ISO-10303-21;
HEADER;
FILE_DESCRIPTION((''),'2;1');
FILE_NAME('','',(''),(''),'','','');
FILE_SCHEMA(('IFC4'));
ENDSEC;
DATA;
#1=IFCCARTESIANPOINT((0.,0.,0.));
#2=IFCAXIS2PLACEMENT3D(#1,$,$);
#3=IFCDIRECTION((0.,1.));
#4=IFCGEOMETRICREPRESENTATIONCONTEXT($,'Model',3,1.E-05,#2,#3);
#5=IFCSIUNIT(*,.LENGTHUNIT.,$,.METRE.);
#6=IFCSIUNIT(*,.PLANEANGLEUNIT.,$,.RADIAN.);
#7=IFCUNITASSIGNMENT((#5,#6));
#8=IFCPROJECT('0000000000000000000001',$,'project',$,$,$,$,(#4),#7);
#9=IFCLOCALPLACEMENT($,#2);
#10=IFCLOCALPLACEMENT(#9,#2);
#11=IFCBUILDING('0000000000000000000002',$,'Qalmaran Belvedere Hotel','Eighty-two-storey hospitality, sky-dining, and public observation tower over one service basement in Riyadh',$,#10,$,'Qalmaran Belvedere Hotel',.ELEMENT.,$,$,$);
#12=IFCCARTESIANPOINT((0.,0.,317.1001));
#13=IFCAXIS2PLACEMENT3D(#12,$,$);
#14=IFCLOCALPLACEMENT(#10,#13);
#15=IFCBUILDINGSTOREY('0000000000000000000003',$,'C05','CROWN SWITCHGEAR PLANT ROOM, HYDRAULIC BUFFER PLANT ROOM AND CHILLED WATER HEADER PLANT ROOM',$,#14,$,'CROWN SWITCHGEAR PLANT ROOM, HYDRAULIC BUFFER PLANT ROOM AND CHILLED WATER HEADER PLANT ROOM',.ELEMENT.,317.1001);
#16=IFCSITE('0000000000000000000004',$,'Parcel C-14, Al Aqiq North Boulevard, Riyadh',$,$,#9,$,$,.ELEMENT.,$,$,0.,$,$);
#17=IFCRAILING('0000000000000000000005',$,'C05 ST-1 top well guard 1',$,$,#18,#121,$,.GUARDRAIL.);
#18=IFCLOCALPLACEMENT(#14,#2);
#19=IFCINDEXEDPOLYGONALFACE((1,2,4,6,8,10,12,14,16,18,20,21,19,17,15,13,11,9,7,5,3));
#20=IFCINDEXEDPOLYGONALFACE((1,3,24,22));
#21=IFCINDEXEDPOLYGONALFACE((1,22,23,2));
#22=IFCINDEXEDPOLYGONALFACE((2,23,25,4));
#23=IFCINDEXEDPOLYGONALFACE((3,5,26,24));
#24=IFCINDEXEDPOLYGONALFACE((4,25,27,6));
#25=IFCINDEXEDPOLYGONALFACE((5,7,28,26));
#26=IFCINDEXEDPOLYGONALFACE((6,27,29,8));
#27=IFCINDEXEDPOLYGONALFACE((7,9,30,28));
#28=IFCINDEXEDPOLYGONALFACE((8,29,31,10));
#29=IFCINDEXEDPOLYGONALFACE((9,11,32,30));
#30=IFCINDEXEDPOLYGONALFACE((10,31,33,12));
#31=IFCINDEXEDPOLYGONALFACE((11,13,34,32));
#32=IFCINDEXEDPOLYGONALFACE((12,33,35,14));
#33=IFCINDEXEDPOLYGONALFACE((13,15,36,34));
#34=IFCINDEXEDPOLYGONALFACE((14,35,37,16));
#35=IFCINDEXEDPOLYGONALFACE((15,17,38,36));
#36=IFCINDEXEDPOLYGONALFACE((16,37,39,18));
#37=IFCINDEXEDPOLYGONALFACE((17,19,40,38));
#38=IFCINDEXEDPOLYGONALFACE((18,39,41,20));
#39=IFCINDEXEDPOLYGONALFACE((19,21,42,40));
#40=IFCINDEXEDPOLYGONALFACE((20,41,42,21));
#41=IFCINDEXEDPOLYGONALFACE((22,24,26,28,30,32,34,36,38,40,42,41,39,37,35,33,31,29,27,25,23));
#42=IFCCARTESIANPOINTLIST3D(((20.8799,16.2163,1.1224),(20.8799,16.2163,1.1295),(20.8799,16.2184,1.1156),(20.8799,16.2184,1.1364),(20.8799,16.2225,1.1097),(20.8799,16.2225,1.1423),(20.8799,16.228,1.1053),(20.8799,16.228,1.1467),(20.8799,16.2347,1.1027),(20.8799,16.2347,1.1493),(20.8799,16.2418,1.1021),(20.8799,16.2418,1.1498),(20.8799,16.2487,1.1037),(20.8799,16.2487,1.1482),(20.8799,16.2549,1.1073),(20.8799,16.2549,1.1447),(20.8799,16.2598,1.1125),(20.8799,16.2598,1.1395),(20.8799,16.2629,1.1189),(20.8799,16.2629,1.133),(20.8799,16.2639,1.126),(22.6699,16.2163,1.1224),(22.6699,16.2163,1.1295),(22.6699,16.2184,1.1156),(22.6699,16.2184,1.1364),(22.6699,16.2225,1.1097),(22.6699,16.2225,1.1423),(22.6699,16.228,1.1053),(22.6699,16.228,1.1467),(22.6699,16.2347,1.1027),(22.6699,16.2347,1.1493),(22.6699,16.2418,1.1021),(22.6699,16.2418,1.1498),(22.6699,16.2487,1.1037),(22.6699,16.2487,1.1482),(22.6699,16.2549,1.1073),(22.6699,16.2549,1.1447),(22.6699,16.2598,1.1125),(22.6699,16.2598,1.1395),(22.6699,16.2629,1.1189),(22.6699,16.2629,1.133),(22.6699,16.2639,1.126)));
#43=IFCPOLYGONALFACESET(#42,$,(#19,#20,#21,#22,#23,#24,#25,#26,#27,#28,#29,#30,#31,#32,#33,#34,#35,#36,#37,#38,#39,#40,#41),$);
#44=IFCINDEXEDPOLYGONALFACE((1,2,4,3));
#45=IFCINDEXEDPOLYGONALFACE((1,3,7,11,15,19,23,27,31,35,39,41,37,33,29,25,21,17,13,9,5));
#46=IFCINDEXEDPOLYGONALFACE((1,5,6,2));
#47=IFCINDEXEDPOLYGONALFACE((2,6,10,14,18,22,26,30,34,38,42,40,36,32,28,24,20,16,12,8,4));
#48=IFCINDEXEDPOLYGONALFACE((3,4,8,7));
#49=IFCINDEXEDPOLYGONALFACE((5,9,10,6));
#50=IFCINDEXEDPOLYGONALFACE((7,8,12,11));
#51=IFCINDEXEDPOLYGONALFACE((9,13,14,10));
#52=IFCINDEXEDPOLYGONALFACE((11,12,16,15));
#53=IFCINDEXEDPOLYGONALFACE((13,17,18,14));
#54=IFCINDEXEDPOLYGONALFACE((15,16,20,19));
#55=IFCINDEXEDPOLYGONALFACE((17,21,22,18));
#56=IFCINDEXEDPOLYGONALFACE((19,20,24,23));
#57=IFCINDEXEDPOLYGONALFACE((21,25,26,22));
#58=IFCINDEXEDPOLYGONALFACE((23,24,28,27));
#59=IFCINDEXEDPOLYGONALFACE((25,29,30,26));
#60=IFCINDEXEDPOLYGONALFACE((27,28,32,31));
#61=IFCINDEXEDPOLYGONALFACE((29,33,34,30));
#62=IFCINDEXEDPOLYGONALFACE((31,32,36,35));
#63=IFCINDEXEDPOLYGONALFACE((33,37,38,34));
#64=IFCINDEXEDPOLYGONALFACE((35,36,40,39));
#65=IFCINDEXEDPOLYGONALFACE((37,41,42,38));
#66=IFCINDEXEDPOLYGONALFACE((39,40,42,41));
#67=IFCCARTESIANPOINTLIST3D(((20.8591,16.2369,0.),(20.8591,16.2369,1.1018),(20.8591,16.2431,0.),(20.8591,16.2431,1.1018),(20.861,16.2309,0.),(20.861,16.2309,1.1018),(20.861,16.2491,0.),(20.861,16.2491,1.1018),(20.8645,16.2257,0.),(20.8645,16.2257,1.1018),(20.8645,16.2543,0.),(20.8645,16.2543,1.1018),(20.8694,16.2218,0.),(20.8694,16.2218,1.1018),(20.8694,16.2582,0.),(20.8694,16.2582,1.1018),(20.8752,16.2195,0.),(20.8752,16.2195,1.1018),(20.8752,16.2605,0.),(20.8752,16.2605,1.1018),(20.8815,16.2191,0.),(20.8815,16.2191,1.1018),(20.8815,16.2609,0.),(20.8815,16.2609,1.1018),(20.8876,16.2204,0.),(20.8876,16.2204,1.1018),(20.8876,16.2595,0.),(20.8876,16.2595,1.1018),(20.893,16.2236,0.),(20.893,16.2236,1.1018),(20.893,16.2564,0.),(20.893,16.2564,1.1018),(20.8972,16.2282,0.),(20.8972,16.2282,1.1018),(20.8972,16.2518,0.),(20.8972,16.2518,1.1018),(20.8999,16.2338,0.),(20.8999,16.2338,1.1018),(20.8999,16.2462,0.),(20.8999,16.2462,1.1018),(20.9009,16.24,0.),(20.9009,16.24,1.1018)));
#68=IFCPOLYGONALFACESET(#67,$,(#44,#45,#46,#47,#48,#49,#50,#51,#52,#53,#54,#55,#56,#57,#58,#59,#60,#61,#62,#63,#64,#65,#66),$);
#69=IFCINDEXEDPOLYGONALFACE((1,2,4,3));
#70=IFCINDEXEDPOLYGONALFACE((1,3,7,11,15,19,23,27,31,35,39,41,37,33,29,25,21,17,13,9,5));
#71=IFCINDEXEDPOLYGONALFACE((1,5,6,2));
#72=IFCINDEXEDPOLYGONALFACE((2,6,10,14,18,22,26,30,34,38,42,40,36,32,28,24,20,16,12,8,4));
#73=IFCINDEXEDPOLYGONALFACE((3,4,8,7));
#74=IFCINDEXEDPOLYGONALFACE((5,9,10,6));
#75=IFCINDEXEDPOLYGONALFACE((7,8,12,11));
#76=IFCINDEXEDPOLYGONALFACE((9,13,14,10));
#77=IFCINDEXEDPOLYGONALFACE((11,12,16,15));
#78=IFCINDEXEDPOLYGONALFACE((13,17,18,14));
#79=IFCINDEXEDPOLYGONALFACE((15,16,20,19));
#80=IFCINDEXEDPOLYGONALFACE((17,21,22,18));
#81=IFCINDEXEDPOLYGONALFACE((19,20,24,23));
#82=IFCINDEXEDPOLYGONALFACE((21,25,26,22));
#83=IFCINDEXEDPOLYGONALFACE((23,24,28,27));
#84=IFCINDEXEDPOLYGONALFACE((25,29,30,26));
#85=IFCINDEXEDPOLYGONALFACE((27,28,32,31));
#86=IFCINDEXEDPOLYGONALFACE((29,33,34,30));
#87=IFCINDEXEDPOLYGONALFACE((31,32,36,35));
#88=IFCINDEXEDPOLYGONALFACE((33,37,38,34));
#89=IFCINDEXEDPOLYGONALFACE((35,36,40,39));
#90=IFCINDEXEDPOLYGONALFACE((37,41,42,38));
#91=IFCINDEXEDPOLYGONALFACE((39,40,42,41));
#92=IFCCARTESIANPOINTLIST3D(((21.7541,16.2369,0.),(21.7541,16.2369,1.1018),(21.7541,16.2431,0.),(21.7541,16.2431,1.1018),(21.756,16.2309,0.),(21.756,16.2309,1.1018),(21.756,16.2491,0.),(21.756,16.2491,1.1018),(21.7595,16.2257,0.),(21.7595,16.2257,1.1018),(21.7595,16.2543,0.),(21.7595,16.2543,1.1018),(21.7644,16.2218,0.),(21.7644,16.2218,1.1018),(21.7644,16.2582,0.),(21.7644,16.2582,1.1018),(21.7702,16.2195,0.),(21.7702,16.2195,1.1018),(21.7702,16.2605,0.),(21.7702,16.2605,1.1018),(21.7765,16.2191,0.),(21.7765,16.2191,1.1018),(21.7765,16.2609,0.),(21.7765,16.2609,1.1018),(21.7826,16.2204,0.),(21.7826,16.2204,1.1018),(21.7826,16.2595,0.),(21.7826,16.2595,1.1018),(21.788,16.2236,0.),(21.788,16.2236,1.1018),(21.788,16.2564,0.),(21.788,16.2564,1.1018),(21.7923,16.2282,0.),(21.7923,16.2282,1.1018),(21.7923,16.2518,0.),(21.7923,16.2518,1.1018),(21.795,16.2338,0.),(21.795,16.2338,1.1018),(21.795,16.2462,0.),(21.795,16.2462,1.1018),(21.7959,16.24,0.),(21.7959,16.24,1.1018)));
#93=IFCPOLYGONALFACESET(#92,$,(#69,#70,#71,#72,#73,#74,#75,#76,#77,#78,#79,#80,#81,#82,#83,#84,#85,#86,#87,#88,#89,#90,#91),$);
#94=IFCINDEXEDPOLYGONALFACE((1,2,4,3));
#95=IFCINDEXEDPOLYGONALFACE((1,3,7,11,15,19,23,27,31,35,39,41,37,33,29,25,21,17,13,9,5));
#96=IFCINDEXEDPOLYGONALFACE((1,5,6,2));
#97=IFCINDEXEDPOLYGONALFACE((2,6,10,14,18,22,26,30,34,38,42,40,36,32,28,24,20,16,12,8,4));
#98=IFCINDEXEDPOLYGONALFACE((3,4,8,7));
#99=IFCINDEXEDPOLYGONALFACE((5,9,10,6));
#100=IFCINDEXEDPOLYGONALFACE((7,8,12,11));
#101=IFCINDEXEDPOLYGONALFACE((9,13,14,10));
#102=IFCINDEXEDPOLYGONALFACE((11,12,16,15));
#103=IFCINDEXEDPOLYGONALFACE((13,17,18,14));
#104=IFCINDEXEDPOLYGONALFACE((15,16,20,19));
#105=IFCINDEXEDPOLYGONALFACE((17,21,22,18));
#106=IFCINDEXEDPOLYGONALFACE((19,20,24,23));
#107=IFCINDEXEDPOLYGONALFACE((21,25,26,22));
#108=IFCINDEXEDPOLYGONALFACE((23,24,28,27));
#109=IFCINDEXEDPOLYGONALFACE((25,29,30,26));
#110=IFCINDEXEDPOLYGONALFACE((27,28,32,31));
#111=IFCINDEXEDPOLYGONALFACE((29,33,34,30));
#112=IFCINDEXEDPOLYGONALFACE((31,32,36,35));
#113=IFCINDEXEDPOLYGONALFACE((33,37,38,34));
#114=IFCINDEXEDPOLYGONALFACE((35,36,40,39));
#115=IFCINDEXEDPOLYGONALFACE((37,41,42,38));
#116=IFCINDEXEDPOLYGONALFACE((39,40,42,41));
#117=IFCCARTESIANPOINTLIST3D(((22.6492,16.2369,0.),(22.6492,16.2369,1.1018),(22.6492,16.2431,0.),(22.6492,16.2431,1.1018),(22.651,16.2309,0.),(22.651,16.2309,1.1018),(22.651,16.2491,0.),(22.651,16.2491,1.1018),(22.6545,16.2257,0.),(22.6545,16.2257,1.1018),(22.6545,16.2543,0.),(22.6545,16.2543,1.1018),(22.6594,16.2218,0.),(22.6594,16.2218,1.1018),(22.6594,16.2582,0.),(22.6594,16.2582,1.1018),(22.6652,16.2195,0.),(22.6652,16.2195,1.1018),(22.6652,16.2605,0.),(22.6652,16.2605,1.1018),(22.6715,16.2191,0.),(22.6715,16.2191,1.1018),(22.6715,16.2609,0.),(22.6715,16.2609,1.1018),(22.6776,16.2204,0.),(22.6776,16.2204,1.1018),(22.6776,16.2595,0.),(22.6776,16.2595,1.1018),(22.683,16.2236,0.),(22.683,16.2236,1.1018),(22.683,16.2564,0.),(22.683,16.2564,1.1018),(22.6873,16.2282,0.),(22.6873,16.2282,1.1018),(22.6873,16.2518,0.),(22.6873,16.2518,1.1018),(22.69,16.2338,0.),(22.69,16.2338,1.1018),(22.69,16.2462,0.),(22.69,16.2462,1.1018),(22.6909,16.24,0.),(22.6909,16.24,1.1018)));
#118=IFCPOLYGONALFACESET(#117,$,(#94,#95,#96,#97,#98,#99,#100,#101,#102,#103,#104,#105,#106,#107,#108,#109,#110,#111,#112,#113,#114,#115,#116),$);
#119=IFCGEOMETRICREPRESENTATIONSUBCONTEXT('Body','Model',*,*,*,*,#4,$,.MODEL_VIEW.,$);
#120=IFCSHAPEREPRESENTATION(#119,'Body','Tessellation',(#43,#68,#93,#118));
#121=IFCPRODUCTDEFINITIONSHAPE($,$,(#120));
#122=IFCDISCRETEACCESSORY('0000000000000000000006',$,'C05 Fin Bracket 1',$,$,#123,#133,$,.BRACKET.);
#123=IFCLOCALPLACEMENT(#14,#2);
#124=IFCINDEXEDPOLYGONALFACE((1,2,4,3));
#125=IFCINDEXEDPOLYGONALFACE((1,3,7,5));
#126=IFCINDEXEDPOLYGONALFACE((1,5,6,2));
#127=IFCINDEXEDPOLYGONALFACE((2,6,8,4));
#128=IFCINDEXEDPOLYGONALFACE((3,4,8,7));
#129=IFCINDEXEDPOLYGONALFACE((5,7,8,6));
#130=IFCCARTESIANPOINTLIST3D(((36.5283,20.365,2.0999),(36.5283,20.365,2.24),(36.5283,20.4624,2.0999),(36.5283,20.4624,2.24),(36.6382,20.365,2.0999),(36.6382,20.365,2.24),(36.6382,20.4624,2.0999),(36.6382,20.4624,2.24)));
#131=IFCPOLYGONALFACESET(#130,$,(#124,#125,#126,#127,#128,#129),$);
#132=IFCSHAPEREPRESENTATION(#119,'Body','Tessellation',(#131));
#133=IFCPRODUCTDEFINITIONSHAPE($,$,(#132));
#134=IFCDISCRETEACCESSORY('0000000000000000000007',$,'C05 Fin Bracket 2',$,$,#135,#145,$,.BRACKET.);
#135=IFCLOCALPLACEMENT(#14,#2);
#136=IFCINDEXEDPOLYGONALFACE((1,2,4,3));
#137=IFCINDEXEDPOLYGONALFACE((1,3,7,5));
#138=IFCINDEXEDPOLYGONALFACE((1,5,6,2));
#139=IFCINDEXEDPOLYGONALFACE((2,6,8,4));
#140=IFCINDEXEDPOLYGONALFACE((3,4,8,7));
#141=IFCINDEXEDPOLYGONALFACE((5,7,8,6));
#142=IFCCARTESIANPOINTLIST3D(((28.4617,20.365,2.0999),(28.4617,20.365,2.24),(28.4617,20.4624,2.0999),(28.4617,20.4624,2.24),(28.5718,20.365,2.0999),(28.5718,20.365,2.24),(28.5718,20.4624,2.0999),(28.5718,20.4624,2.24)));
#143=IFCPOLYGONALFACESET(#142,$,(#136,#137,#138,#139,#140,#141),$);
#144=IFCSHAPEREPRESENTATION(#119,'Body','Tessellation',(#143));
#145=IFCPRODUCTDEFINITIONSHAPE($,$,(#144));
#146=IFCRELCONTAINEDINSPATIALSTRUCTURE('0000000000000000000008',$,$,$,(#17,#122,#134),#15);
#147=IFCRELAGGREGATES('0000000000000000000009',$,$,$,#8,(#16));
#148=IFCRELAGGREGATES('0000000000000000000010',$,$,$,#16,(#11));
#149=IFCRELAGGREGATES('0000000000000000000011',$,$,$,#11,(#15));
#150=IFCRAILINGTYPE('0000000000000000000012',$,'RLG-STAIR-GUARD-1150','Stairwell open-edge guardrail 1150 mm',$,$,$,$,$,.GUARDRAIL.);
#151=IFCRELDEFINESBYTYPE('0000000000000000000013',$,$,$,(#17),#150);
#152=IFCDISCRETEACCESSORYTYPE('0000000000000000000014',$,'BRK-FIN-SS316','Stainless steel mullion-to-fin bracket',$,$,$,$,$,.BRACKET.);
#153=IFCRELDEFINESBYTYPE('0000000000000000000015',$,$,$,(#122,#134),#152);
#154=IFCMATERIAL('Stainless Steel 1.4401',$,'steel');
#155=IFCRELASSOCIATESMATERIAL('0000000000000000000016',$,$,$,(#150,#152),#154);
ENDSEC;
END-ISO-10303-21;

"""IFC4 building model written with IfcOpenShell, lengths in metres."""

from ifc_helpers import new_model, si_unit, direction, frame, origin, origin_2d, place, context, subcontext, project, spatial, polyline, circle, outline, extrude, material, type_object, element, save


model = new_model("IFC4")

# Units and contexts
model_context = context("Model", 3, precision=1e-05, world=origin(), true_north=direction((0.0, 1.0)))
body_context = subcontext(model_context, "Body", "Model", "MODEL_VIEW")
ifc_project = project(units=[si_unit("LENGTHUNIT", "METRE"), si_unit("PLANEANGLEUNIT", "RADIAN")], contexts=[model_context])

# Site, building, storey
site_placement = place(None, origin())
site = spatial("IfcSite", under=ifc_project, at=site_placement, Name="Parcel C-14, Al Aqiq North Boulevard, Riyadh", CompositionType="ELEMENT", RefElevation=0.0)
building_placement = place(site_placement, origin())
building = spatial("IfcBuilding", under=site, at=building_placement, Name="Qalmaran Belvedere Hotel", Description="Eighty-two-storey hospitality, sky-dining, and public observation tower over one service basement in Riyadh", LongName="Qalmaran Belvedere Hotel", CompositionType="ELEMENT")
storey_placement = place(building_placement, frame((0.0, 0.0, 317.1001)))
storey = spatial("IfcBuildingStorey", under=building, at=storey_placement, Name="C05", Description="CROWN SWITCHGEAR PLANT ROOM, HYDRAULIC BUFFER PLANT ROOM AND CHILLED WATER HEADER PLANT ROOM", LongName="CROWN SWITCHGEAR PLANT ROOM, HYDRAULIC BUFFER PLANT ROOM AND CHILLED WATER HEADER PLANT ROOM", CompositionType="ELEMENT", Elevation=317.1001)

# Shared definitions
ifc_material_1 = material(Name="Stainless Steel 1.4401", Category="steel")

# Railing
railing_type = type_object("IfcRailingType", Name="RLG-STAIR-GUARD-1150", Description="Stairwell open-edge guardrail 1150 mm", PredefinedType="GUARDRAIL", material=ifc_material_1)
railing_placement = place(storey_placement, frame((20.8799, 16.24, 0.0)))
element("IfcRailing", 1, at=railing_placement, inside=storey, type_object=railing_type, Name="C05 ST-1 top well guard 1", PredefinedType="GUARDRAIL", context=body_context, shape_type="SweptSolid", body=[
    extrude(circle(Radius=0.0239, at=origin_2d()), frame((0.0, 0.0, 1.126), z_axis=(1.0, 0.0, 0.0), x_axis=(0.0, 1.0, 0.0)), (0.0, 0.0, 1.0), 1.79),
    extrude(circle(Radius=0.021, at=origin_2d()), origin(), (0.0, 0.0, 1.0), 1.1018),
    extrude(circle(Radius=0.021, at=origin_2d()), frame((0.895, 0.0, 0.0)), (0.0, 0.0, 1.0), 1.1018),
    extrude(circle(Radius=0.021, at=origin_2d()), frame((1.79, 0.0, 0.0)), (0.0, 0.0, 1.0), 1.1018),
])

# Discrete accessories
discrete_accessory_type = type_object("IfcDiscreteAccessoryType", Name="BRK-FIN-SS316", Description="Stainless steel mullion-to-fin bracket", PredefinedType="BRACKET", material=ifc_material_1)
discrete_accessory_1_placement = place(storey_placement, frame((0.0, 0.0, 2.0999)))
element("IfcDiscreteAccessory", 2, at=discrete_accessory_1_placement, inside=storey, type_object=discrete_accessory_type, Name="C05 Fin Bracket 1", PredefinedType="BRACKET", context=body_context, shape_type="SweptSolid", body=[
    extrude(outline(polyline([(36.6382, 20.365), (36.6382, 20.4624), (36.5283, 20.4624), (36.5283, 20.365), (36.6382, 20.365)])), origin(), (0.0, 0.0, 1.0), 0.1401),
])
discrete_accessory_2_placement = place(storey_placement, frame((0.0, 0.0, 2.0999)))
element("IfcDiscreteAccessory", 3, at=discrete_accessory_2_placement, inside=storey, type_object=discrete_accessory_type, Name="C05 Fin Bracket 2", PredefinedType="BRACKET", context=body_context, shape_type="SweptSolid", body=[
    extrude(outline(polyline([(28.5718, 20.365), (28.5718, 20.4624), (28.4617, 20.4624), (28.4617, 20.365), (28.5718, 20.365)])), origin(), (0.0, 0.0, 1.0), 0.1401),
])

save(model, "model.ifc")
